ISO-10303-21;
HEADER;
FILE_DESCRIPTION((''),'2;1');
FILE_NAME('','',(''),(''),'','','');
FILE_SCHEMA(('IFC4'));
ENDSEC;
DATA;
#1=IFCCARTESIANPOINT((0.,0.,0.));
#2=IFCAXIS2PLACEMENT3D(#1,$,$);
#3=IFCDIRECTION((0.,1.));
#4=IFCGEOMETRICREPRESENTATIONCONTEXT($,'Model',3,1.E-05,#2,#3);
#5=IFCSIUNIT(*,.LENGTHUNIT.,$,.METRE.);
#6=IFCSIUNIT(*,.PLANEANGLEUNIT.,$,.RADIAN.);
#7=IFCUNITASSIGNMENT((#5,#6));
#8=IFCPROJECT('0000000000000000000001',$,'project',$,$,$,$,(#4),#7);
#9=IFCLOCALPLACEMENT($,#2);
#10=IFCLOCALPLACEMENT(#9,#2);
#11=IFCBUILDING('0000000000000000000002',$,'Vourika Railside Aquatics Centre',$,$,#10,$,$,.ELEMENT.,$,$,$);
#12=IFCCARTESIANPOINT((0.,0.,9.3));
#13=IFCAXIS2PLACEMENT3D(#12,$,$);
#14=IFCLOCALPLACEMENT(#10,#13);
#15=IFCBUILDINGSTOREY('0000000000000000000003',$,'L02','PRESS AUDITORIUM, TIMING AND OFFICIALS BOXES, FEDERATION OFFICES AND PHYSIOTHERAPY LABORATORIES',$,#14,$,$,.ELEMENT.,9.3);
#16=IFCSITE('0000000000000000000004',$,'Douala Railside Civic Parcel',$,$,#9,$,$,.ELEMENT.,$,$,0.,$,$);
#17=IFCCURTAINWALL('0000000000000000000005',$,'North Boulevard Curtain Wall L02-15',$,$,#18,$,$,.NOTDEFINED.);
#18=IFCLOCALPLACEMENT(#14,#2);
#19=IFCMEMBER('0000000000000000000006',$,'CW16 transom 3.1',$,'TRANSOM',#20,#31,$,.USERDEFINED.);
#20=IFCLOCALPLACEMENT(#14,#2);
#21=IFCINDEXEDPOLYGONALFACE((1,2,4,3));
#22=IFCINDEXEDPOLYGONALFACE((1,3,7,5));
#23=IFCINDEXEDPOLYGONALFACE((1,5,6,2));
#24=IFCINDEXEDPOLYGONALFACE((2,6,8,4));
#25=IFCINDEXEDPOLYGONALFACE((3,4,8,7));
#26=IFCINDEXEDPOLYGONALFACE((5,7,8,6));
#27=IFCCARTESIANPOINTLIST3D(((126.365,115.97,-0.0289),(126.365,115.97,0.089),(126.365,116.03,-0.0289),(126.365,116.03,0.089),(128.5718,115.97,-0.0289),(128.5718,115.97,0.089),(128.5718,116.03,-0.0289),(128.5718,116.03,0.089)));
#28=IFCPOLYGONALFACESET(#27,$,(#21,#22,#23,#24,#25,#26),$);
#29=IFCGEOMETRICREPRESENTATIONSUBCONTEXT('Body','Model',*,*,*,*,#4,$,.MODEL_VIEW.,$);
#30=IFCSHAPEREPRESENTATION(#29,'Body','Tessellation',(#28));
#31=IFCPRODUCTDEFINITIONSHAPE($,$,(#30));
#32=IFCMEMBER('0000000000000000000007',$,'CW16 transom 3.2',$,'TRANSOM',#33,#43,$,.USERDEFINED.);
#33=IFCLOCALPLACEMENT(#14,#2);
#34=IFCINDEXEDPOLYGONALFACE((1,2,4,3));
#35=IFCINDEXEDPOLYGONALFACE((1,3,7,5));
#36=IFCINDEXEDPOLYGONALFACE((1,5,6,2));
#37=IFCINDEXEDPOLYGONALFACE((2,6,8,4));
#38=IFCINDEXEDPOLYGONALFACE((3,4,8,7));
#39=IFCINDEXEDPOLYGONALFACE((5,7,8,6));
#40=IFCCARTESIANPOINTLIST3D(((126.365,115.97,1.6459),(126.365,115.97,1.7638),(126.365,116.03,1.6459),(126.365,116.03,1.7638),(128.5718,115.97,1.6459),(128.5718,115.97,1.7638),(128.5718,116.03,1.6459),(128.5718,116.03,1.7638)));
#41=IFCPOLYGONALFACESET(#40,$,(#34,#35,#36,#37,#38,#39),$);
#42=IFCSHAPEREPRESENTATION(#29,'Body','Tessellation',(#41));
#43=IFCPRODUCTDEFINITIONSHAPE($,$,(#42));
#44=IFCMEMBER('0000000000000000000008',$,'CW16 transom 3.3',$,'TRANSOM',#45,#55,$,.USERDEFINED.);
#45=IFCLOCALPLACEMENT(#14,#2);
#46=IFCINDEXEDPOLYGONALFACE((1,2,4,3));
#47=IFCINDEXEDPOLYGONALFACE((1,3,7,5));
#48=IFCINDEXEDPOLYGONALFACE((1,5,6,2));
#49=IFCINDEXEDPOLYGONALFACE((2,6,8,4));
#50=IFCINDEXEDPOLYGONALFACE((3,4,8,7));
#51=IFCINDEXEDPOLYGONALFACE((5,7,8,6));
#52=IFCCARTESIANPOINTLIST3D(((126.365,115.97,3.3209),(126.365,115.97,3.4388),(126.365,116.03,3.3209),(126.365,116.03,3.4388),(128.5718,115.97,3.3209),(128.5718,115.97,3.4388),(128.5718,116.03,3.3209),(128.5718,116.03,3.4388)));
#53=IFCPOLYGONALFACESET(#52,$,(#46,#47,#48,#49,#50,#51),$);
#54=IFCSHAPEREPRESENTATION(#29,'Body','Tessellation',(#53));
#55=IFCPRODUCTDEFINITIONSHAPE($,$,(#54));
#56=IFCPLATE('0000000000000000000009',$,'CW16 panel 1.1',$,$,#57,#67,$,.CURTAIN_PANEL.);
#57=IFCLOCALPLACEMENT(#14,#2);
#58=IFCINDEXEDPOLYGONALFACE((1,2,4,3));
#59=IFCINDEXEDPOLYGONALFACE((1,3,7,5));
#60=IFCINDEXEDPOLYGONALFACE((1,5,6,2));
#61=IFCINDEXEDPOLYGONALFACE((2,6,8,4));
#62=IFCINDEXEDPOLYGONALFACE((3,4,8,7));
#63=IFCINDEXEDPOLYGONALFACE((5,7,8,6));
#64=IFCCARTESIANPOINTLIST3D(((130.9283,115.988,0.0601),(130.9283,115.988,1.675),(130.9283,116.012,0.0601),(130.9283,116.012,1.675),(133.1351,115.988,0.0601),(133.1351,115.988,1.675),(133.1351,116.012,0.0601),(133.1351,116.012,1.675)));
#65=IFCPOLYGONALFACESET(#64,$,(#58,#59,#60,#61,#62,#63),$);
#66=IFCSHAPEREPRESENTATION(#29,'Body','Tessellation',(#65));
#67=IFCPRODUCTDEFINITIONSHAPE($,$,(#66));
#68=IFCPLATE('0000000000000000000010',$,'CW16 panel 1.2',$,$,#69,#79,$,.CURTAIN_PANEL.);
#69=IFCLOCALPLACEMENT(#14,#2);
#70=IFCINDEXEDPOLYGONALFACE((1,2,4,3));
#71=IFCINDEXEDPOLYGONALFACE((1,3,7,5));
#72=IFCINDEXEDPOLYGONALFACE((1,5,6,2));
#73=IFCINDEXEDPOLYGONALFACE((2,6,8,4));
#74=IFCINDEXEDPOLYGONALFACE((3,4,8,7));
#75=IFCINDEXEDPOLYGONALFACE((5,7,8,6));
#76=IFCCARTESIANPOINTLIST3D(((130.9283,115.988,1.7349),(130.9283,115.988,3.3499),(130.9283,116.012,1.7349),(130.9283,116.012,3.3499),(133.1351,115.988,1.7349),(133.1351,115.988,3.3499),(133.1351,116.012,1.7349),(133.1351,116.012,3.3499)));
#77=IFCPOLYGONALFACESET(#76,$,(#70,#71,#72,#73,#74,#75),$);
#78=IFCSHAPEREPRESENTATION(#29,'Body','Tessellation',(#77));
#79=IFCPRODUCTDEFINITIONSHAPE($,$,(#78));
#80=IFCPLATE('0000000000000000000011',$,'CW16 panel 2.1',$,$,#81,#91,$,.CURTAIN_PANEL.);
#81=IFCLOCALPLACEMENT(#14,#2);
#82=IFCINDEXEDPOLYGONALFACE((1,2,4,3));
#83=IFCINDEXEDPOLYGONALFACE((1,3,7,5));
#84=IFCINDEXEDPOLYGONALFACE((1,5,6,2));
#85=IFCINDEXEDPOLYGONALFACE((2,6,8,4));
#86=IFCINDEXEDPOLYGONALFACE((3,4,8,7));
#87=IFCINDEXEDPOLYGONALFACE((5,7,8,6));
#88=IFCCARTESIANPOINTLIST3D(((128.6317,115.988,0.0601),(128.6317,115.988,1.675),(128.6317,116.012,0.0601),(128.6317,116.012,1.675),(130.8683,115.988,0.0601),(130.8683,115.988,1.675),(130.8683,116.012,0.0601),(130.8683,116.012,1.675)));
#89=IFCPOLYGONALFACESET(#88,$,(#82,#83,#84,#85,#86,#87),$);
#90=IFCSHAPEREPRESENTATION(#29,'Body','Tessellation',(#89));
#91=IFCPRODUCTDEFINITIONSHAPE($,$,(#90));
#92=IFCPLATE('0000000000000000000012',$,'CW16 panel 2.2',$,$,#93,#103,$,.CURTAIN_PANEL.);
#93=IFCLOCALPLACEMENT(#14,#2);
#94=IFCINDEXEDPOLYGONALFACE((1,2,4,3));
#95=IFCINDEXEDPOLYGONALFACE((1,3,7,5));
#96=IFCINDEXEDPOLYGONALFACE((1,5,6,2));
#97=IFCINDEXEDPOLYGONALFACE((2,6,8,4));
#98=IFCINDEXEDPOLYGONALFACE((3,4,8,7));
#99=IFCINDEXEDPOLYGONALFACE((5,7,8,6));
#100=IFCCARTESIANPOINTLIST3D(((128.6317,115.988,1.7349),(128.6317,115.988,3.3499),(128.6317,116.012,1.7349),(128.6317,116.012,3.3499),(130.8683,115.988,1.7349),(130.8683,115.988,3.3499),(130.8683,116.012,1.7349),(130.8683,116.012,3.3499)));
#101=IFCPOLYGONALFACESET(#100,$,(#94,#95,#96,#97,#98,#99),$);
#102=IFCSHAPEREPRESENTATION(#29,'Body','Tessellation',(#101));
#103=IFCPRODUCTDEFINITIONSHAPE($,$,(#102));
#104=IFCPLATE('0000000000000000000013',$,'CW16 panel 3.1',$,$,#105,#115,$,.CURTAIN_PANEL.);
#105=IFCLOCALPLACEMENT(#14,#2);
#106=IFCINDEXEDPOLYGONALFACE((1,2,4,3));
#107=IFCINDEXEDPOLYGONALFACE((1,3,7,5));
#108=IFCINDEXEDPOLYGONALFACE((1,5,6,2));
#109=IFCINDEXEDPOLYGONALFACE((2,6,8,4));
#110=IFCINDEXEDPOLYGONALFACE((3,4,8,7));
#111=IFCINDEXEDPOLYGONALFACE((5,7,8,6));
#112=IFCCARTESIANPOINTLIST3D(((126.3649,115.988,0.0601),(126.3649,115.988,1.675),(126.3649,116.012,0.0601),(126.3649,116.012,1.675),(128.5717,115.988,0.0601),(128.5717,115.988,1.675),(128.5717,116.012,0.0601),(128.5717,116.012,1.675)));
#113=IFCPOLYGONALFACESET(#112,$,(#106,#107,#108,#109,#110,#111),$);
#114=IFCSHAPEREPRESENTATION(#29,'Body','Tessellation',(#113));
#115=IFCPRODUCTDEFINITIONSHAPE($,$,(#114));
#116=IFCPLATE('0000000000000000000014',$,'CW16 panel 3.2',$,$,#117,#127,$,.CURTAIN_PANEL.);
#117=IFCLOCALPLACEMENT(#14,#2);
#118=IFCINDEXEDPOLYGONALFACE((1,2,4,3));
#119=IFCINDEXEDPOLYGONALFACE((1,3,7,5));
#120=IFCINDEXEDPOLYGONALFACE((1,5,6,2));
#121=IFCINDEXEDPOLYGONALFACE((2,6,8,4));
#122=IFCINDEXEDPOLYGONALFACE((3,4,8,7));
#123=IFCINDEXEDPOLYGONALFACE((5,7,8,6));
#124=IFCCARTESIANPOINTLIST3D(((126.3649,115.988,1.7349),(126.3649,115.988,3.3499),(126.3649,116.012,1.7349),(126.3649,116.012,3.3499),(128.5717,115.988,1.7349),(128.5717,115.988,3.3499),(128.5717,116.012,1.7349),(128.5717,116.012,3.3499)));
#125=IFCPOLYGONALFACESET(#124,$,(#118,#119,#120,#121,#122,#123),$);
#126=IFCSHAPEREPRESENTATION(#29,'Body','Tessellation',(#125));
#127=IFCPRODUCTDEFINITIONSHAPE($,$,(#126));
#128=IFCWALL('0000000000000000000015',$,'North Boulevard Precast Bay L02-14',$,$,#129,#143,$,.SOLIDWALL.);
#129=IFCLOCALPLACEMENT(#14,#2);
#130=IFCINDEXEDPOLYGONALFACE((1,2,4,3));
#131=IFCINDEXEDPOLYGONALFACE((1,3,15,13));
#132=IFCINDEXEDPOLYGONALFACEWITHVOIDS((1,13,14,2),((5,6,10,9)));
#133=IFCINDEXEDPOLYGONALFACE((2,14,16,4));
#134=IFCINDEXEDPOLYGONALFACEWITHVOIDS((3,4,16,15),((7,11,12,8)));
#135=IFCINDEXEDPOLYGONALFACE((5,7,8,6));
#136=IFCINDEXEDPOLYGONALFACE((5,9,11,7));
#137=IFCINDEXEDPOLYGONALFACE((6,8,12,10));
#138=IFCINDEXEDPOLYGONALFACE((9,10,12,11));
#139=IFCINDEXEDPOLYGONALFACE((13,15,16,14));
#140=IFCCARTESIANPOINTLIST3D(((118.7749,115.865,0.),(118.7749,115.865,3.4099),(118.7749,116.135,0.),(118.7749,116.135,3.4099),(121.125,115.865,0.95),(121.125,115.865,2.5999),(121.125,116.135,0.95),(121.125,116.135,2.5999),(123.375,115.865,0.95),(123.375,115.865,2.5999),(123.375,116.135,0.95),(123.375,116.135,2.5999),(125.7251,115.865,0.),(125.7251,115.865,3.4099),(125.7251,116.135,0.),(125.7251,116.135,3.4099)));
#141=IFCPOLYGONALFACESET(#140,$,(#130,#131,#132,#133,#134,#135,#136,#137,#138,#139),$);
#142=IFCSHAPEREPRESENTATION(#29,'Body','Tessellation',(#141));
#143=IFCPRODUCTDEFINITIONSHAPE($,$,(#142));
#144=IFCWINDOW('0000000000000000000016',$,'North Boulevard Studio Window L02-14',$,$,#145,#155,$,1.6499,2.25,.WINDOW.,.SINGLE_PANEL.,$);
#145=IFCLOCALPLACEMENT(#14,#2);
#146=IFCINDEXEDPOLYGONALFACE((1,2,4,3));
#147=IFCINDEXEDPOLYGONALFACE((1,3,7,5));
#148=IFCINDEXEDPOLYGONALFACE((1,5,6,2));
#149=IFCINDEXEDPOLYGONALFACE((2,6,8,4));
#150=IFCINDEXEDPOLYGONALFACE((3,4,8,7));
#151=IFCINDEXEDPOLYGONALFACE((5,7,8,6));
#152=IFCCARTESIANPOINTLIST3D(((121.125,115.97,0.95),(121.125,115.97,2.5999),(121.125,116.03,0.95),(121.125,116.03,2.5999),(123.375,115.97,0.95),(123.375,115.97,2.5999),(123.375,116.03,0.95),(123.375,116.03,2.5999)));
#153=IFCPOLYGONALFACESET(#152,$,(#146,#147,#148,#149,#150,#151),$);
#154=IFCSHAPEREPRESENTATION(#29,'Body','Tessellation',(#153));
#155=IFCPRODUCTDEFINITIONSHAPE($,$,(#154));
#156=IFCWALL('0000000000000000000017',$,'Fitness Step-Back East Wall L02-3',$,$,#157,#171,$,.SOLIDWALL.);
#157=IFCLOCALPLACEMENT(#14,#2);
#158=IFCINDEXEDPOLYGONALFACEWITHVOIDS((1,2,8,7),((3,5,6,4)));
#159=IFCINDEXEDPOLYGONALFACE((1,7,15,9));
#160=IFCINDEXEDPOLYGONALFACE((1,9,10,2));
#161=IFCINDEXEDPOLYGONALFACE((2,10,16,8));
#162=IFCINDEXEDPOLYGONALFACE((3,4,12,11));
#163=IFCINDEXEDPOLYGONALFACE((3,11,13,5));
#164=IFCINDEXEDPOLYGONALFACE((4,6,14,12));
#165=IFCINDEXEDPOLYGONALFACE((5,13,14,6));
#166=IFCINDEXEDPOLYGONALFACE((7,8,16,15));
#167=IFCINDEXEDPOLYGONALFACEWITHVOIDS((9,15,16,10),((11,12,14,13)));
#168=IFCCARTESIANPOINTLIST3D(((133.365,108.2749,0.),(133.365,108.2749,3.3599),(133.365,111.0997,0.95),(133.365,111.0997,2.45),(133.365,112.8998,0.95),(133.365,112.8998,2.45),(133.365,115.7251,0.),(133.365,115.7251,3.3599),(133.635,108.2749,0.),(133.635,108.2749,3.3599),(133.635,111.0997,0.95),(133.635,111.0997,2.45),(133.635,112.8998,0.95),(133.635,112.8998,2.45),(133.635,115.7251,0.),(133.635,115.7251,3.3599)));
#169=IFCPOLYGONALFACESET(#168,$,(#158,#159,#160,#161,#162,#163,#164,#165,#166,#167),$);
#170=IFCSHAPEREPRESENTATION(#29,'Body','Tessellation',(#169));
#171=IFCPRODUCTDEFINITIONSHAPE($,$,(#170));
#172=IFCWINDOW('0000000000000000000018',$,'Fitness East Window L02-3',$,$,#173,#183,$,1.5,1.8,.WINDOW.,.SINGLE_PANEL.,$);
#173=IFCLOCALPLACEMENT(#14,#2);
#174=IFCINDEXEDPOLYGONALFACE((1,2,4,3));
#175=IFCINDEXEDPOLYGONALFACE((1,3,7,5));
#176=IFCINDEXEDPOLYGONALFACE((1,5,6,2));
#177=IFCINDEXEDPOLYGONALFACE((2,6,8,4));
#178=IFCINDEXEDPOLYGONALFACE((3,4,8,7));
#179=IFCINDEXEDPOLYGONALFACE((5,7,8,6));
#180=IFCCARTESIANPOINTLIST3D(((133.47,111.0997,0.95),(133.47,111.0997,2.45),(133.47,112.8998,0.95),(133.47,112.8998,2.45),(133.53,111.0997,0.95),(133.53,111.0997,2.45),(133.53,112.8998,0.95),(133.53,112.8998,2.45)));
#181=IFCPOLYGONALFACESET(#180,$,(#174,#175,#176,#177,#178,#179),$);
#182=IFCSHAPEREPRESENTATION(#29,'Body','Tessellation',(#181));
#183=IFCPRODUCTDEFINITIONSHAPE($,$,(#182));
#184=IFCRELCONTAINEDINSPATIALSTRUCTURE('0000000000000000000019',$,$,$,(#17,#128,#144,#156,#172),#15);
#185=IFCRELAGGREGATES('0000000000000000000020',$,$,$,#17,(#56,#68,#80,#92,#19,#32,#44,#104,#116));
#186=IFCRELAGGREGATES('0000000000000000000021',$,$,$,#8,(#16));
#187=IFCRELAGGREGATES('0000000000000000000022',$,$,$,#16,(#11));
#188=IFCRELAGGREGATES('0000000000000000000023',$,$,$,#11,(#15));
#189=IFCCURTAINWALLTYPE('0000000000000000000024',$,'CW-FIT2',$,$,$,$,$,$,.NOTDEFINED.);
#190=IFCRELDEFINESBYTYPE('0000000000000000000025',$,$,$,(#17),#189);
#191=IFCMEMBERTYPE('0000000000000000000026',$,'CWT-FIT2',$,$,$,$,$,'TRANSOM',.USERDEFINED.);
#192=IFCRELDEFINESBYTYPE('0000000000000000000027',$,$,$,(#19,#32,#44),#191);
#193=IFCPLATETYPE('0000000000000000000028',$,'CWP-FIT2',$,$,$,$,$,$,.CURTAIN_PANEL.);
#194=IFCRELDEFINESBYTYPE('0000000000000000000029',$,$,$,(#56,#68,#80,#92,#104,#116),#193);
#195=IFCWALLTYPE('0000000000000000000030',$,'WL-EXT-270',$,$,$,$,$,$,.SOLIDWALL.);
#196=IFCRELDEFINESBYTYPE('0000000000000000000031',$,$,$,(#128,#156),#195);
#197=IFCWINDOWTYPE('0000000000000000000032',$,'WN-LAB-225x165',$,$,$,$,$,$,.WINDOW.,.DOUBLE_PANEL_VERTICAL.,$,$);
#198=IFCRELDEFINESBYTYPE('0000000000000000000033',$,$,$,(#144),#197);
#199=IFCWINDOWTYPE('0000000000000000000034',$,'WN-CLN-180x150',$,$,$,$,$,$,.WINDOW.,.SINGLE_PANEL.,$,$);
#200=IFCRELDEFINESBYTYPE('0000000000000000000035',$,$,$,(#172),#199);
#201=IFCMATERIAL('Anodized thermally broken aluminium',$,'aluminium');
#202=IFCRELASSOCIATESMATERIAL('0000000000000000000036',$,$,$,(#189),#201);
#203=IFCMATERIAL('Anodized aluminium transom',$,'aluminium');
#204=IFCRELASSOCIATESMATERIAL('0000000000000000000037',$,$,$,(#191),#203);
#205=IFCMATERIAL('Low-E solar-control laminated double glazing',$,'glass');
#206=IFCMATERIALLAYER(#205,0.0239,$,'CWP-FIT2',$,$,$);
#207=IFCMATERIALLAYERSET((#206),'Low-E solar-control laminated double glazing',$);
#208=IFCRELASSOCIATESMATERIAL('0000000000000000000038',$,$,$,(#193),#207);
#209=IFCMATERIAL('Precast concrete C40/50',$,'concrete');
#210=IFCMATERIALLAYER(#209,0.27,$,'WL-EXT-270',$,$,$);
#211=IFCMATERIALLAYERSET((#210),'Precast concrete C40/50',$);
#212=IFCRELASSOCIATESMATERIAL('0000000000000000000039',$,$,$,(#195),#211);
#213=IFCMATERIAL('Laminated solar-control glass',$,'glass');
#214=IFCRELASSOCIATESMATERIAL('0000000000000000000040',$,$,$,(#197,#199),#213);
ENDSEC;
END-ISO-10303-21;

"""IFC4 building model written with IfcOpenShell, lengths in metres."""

from ifc_helpers import new_model, si_unit, direction, frame, frame_2d, origin, origin_2d, place, context, subcontext, project, spatial, rectangle, extrude, material, layer, layer_set, material_profile, profile_set, type_object, element, fill, aggregate, save


model = new_model("IFC4")

# Units and contexts
model_context = context("Model", 3, precision=1e-05, world=origin(), true_north=direction((0.0, 1.0)))
body_context = subcontext(model_context, "Body", "Model", "MODEL_VIEW")
ifc_project = project(units=[si_unit("LENGTHUNIT", "METRE"), si_unit("PLANEANGLEUNIT", "RADIAN")], contexts=[model_context])

# Site, building, storey
site_placement = place(None, origin())
site = spatial("IfcSite", under=ifc_project, at=site_placement, Name="Douala Railside Civic Parcel", CompositionType="ELEMENT", RefElevation=0.0)
building_placement = place(site_placement, origin())
building = spatial("IfcBuilding", under=site, at=building_placement, Name="Vourika Railside Aquatics Centre", CompositionType="ELEMENT")
storey_placement = place(building_placement, frame((0.0, 0.0, 9.3)))
storey = spatial("IfcBuildingStorey", under=building, at=storey_placement, Name="L02", Description="PRESS AUDITORIUM, TIMING AND OFFICIALS BOXES, FEDERATION OFFICES AND PHYSIOTHERAPY LABORATORIES", CompositionType="ELEMENT", Elevation=9.3)

# Curtain wall, members, plates
ifc_material_1 = material(Name="Anodized thermally broken aluminium", Category="aluminium")
curtain_wall_type = type_object("IfcCurtainWallType", Name="CW-FIT2", PredefinedType="NOTDEFINED", material=ifc_material_1)
curtain_wall_placement = place(storey_placement, origin())
curtain_wall = element("IfcCurtainWall", 1, at=curtain_wall_placement, inside=storey, type_object=curtain_wall_type, Name="North Boulevard Curtain Wall L02-15", PredefinedType="NOTDEFINED")
ifc_material_2 = material(Name="Anodized aluminium transom", Category="aluminium")
ifc_material_profile_1 = material_profile(ifc_material_2, rectangle(XDim=0.0601, YDim=0.1179, at=origin_2d()), Name="ALU-T 60x118")
ifc_profile_set_1 = profile_set([ifc_material_profile_1], Name="Anodized aluminium transom")
member_type_1 = type_object("IfcMemberType", Name="CWT-FIT2", ElementType="TRANSOM", PredefinedType="USERDEFINED", material=ifc_profile_set_1)
member_1_placement = place(storey_placement, frame((128.5718, 116.0, 0.03), z_axis=(-1.0, 0.0, 0.0), x_axis=(0.0, -1.0, 0.0)))
member_1 = element("IfcMember", 2, at=member_1_placement, type_object=member_type_1, Name="CW16 transom 3.1", ObjectType="TRANSOM", PredefinedType="USERDEFINED", context=body_context, shape_type="SweptSolid", body=[
    extrude(rectangle(XDim=0.0601, YDim=0.1179, at=origin_2d()), origin(), (0.0, 0.0, 1.0), 2.2068),
])
member_2_placement = place(storey_placement, frame((128.5718, 116.0, 1.7048), z_axis=(-1.0, 0.0, 0.0), x_axis=(0.0, -1.0, 0.0)))
member_2 = element("IfcMember", 3, at=member_2_placement, type_object=member_type_1, Name="CW16 transom 3.2", ObjectType="TRANSOM", PredefinedType="USERDEFINED", context=body_context, shape_type="SweptSolid", body=[
    extrude(rectangle(XDim=0.0601, YDim=0.1179, at=origin_2d()), origin(), (0.0, 0.0, 1.0), 2.2068),
])
member_3_placement = place(storey_placement, frame((128.5718, 116.0, 3.3799), z_axis=(-1.0, 0.0, 0.0), x_axis=(0.0, -1.0, 0.0)))
member_3 = element("IfcMember", 4, at=member_3_placement, type_object=member_type_1, Name="CW16 transom 3.3", ObjectType="TRANSOM", PredefinedType="USERDEFINED", context=body_context, shape_type="SweptSolid", body=[
    extrude(rectangle(XDim=0.0601, YDim=0.1179, at=origin_2d()), origin(), (0.0, 0.0, 1.0), 2.2068),
])
ifc_material_3 = material(Name="Low-E solar-control laminated double glazing", Category="glass")
ifc_layer_1 = layer(ifc_material_3, 0.0239, Name="CWP-FIT2")
ifc_layer_set_1 = layer_set([ifc_layer_1], Name="Low-E solar-control laminated double glazing")
plate_type = type_object("IfcPlateType", Name="CWP-FIT2", PredefinedType="CURTAIN_PANEL", material=ifc_layer_set_1)
plate_1_placement = place(storey_placement, frame((132.0317, 116.0, 0.0601), z_axis=(0.0, 0.0, 1.0), x_axis=(-1.0, 0.0, 0.0)))
plate_1 = element("IfcPlate", 5, at=plate_1_placement, type_object=plate_type, Name="CW16 panel 1.1", PredefinedType="CURTAIN_PANEL", context=body_context, shape_type="SweptSolid", body=[
    extrude(rectangle(XDim=2.2068, YDim=0.0239, at=origin_2d()), origin(), (0.0, 0.0, 1.0), 1.615),
])
plate_2_placement = place(storey_placement, frame((132.0317, 116.0, 1.7349), z_axis=(0.0, 0.0, 1.0), x_axis=(-1.0, 0.0, 0.0)))
plate_2 = element("IfcPlate", 6, at=plate_2_placement, type_object=plate_type, Name="CW16 panel 1.2", PredefinedType="CURTAIN_PANEL", context=body_context, shape_type="SweptSolid", body=[
    extrude(rectangle(XDim=2.2068, YDim=0.0239, at=origin_2d()), origin(), (0.0, 0.0, 1.0), 1.615),
])
plate_3_placement = place(storey_placement, frame((129.75, 116.0, 0.0601), z_axis=(0.0, 0.0, 1.0), x_axis=(-1.0, 0.0, 0.0)))
plate_3 = element("IfcPlate", 7, at=plate_3_placement, type_object=plate_type, Name="CW16 panel 2.1", PredefinedType="CURTAIN_PANEL", context=body_context, shape_type="SweptSolid", body=[
    extrude(rectangle(XDim=2.2366, YDim=0.0239, at=origin_2d()), origin(), (0.0, 0.0, 1.0), 1.615),
])
plate_4_placement = place(storey_placement, frame((129.75, 116.0, 1.7349), z_axis=(0.0, 0.0, 1.0), x_axis=(-1.0, 0.0, 0.0)))
plate_4 = element("IfcPlate", 8, at=plate_4_placement, type_object=plate_type, Name="CW16 panel 2.2", PredefinedType="CURTAIN_PANEL", context=body_context, shape_type="SweptSolid", body=[
    extrude(rectangle(XDim=2.2366, YDim=0.0239, at=origin_2d()), origin(), (0.0, 0.0, 1.0), 1.615),
])
plate_5_placement = place(storey_placement, frame((127.4683, 116.0, 0.0601), z_axis=(0.0, 0.0, 1.0), x_axis=(-1.0, 0.0, 0.0)))
plate_5 = element("IfcPlate", 9, at=plate_5_placement, type_object=plate_type, Name="CW16 panel 3.1", PredefinedType="CURTAIN_PANEL", context=body_context, shape_type="SweptSolid", body=[
    extrude(rectangle(XDim=2.2068, YDim=0.0239, at=origin_2d()), origin(), (0.0, 0.0, 1.0), 1.615),
])
plate_6_placement = place(storey_placement, frame((127.4683, 116.0, 1.7349), z_axis=(0.0, 0.0, 1.0), x_axis=(-1.0, 0.0, 0.0)))
plate_6 = element("IfcPlate", 10, at=plate_6_placement, type_object=plate_type, Name="CW16 panel 3.2", PredefinedType="CURTAIN_PANEL", context=body_context, shape_type="SweptSolid", body=[
    extrude(rectangle(XDim=2.2068, YDim=0.0239, at=origin_2d()), origin(), (0.0, 0.0, 1.0), 1.615),
])
aggregate(curtain_wall, [plate_1, plate_2, plate_3, plate_4, member_1, member_2, member_3, plate_5, plate_6])

# Walls, openings, windows
ifc_material_4 = material(Name="Precast concrete C40/50", Category="concrete")
ifc_layer_2 = layer(ifc_material_4, 0.27, Name="WL-EXT-270")
ifc_layer_set_2 = layer_set([ifc_layer_2], Name="Precast concrete C40/50")
wall_type_1 = type_object("IfcWallType", Name="WL-EXT-270", PredefinedType="SOLIDWALL", material=ifc_layer_set_2)
wall_1_placement = place(storey_placement, frame((125.7251, 116.0, 0.0), z_axis=(0.0, 0.0, 1.0), x_axis=(-1.0, 0.0, 0.0)))
wall_1 = element("IfcWall", 11, at=wall_1_placement, inside=storey, type_object=wall_type_1, Name="North Boulevard Precast Bay L02-14", PredefinedType="SOLIDWALL", context=body_context, shape_type="SweptSolid", body=[
    extrude(rectangle(XDim=6.9502, YDim=0.27, at=frame_2d((3.4751, 0.0))), origin(), (0.0, 0.0, 1.0), 3.4099),
])
opening_1_placement = place(wall_1_placement, frame((2.3501, 0.0, 0.95)))
opening_1 = element("IfcOpeningElement", 12, at=opening_1_placement, cuts=wall_1, PredefinedType="OPENING", context=body_context, shape_type="SweptSolid", body=[
    extrude(rectangle(XDim=2.25, YDim=1.6499, at=frame_2d((1.125, 0.825))), frame((0.0, 0.145, 0.0), z_axis=(0.0, -1.0, 0.0), x_axis=(1.0, 0.0, 0.0)), (0.0, 0.0, 1.0), 0.29),
])
ifc_material_5 = material(Name="Laminated solar-control glass", Category="glass")
window_type_1 = type_object("IfcWindowType", Name="WN-LAB-225x165", PartitioningType="DOUBLE_PANEL_VERTICAL", PredefinedType="WINDOW", material=ifc_material_5)
window_1_placement = place(opening_1_placement, origin())
window_1 = element("IfcWindow", 13, at=window_1_placement, inside=storey, type_object=window_type_1, Name="North Boulevard Studio Window L02-14", OverallHeight=1.6499, OverallWidth=2.25, PartitioningType="SINGLE_PANEL", PredefinedType="WINDOW", context=body_context, shape_type="SweptSolid", body=[
    extrude(rectangle(XDim=2.25, YDim=1.6499, at=frame_2d((1.125, 0.825))), frame((0.0, 0.03, 0.0), z_axis=(0.0, -1.0, 0.0), x_axis=(1.0, 0.0, 0.0)), (0.0, 0.0, 1.0), 0.0601),
])
fill(opening_1, window_1)
wall_2_placement = place(storey_placement, frame((133.5, 108.2749, 0.0), z_axis=(0.0, 0.0, 1.0), x_axis=(0.0, 1.0, 0.0)))
wall_2 = element("IfcWall", 14, at=wall_2_placement, inside=storey, type_object=wall_type_1, Name="Fitness Step-Back East Wall L02-3", PredefinedType="SOLIDWALL", context=body_context, shape_type="SweptSolid", body=[
    extrude(rectangle(XDim=7.4502, YDim=0.27, at=frame_2d((3.7251, 0.0))), origin(), (0.0, 0.0, 1.0), 3.3599),
])
opening_2_placement = place(wall_2_placement, frame((2.825, 0.0, 0.95)))
opening_2 = element("IfcOpeningElement", 15, at=opening_2_placement, cuts=wall_2, PredefinedType="OPENING", context=body_context, shape_type="SweptSolid", body=[
    extrude(rectangle(XDim=1.8, YDim=1.5, at=frame_2d((0.8999, 0.75))), frame((0.0, 0.145, 0.0), z_axis=(0.0, -1.0, 0.0), x_axis=(1.0, 0.0, 0.0)), (0.0, 0.0, 1.0), 0.29),
])
window_type_2 = type_object("IfcWindowType", Name="WN-CLN-180x150", PartitioningType="SINGLE_PANEL", PredefinedType="WINDOW", material=ifc_material_5)
window_2_placement = place(opening_2_placement, origin())
window_2 = element("IfcWindow", 16, at=window_2_placement, inside=storey, type_object=window_type_2, Name="Fitness East Window L02-3", OverallHeight=1.5, OverallWidth=1.8, PartitioningType="SINGLE_PANEL", PredefinedType="WINDOW", context=body_context, shape_type="SweptSolid", body=[
    extrude(rectangle(XDim=1.8, YDim=1.5, at=frame_2d((0.8999, 0.75))), frame((0.0, 0.03, 0.0), z_axis=(0.0, -1.0, 0.0), x_axis=(1.0, 0.0, 0.0)), (0.0, 0.0, 1.0), 0.0601),
])
fill(opening_2, window_2)

save(model, "model.ifc")
